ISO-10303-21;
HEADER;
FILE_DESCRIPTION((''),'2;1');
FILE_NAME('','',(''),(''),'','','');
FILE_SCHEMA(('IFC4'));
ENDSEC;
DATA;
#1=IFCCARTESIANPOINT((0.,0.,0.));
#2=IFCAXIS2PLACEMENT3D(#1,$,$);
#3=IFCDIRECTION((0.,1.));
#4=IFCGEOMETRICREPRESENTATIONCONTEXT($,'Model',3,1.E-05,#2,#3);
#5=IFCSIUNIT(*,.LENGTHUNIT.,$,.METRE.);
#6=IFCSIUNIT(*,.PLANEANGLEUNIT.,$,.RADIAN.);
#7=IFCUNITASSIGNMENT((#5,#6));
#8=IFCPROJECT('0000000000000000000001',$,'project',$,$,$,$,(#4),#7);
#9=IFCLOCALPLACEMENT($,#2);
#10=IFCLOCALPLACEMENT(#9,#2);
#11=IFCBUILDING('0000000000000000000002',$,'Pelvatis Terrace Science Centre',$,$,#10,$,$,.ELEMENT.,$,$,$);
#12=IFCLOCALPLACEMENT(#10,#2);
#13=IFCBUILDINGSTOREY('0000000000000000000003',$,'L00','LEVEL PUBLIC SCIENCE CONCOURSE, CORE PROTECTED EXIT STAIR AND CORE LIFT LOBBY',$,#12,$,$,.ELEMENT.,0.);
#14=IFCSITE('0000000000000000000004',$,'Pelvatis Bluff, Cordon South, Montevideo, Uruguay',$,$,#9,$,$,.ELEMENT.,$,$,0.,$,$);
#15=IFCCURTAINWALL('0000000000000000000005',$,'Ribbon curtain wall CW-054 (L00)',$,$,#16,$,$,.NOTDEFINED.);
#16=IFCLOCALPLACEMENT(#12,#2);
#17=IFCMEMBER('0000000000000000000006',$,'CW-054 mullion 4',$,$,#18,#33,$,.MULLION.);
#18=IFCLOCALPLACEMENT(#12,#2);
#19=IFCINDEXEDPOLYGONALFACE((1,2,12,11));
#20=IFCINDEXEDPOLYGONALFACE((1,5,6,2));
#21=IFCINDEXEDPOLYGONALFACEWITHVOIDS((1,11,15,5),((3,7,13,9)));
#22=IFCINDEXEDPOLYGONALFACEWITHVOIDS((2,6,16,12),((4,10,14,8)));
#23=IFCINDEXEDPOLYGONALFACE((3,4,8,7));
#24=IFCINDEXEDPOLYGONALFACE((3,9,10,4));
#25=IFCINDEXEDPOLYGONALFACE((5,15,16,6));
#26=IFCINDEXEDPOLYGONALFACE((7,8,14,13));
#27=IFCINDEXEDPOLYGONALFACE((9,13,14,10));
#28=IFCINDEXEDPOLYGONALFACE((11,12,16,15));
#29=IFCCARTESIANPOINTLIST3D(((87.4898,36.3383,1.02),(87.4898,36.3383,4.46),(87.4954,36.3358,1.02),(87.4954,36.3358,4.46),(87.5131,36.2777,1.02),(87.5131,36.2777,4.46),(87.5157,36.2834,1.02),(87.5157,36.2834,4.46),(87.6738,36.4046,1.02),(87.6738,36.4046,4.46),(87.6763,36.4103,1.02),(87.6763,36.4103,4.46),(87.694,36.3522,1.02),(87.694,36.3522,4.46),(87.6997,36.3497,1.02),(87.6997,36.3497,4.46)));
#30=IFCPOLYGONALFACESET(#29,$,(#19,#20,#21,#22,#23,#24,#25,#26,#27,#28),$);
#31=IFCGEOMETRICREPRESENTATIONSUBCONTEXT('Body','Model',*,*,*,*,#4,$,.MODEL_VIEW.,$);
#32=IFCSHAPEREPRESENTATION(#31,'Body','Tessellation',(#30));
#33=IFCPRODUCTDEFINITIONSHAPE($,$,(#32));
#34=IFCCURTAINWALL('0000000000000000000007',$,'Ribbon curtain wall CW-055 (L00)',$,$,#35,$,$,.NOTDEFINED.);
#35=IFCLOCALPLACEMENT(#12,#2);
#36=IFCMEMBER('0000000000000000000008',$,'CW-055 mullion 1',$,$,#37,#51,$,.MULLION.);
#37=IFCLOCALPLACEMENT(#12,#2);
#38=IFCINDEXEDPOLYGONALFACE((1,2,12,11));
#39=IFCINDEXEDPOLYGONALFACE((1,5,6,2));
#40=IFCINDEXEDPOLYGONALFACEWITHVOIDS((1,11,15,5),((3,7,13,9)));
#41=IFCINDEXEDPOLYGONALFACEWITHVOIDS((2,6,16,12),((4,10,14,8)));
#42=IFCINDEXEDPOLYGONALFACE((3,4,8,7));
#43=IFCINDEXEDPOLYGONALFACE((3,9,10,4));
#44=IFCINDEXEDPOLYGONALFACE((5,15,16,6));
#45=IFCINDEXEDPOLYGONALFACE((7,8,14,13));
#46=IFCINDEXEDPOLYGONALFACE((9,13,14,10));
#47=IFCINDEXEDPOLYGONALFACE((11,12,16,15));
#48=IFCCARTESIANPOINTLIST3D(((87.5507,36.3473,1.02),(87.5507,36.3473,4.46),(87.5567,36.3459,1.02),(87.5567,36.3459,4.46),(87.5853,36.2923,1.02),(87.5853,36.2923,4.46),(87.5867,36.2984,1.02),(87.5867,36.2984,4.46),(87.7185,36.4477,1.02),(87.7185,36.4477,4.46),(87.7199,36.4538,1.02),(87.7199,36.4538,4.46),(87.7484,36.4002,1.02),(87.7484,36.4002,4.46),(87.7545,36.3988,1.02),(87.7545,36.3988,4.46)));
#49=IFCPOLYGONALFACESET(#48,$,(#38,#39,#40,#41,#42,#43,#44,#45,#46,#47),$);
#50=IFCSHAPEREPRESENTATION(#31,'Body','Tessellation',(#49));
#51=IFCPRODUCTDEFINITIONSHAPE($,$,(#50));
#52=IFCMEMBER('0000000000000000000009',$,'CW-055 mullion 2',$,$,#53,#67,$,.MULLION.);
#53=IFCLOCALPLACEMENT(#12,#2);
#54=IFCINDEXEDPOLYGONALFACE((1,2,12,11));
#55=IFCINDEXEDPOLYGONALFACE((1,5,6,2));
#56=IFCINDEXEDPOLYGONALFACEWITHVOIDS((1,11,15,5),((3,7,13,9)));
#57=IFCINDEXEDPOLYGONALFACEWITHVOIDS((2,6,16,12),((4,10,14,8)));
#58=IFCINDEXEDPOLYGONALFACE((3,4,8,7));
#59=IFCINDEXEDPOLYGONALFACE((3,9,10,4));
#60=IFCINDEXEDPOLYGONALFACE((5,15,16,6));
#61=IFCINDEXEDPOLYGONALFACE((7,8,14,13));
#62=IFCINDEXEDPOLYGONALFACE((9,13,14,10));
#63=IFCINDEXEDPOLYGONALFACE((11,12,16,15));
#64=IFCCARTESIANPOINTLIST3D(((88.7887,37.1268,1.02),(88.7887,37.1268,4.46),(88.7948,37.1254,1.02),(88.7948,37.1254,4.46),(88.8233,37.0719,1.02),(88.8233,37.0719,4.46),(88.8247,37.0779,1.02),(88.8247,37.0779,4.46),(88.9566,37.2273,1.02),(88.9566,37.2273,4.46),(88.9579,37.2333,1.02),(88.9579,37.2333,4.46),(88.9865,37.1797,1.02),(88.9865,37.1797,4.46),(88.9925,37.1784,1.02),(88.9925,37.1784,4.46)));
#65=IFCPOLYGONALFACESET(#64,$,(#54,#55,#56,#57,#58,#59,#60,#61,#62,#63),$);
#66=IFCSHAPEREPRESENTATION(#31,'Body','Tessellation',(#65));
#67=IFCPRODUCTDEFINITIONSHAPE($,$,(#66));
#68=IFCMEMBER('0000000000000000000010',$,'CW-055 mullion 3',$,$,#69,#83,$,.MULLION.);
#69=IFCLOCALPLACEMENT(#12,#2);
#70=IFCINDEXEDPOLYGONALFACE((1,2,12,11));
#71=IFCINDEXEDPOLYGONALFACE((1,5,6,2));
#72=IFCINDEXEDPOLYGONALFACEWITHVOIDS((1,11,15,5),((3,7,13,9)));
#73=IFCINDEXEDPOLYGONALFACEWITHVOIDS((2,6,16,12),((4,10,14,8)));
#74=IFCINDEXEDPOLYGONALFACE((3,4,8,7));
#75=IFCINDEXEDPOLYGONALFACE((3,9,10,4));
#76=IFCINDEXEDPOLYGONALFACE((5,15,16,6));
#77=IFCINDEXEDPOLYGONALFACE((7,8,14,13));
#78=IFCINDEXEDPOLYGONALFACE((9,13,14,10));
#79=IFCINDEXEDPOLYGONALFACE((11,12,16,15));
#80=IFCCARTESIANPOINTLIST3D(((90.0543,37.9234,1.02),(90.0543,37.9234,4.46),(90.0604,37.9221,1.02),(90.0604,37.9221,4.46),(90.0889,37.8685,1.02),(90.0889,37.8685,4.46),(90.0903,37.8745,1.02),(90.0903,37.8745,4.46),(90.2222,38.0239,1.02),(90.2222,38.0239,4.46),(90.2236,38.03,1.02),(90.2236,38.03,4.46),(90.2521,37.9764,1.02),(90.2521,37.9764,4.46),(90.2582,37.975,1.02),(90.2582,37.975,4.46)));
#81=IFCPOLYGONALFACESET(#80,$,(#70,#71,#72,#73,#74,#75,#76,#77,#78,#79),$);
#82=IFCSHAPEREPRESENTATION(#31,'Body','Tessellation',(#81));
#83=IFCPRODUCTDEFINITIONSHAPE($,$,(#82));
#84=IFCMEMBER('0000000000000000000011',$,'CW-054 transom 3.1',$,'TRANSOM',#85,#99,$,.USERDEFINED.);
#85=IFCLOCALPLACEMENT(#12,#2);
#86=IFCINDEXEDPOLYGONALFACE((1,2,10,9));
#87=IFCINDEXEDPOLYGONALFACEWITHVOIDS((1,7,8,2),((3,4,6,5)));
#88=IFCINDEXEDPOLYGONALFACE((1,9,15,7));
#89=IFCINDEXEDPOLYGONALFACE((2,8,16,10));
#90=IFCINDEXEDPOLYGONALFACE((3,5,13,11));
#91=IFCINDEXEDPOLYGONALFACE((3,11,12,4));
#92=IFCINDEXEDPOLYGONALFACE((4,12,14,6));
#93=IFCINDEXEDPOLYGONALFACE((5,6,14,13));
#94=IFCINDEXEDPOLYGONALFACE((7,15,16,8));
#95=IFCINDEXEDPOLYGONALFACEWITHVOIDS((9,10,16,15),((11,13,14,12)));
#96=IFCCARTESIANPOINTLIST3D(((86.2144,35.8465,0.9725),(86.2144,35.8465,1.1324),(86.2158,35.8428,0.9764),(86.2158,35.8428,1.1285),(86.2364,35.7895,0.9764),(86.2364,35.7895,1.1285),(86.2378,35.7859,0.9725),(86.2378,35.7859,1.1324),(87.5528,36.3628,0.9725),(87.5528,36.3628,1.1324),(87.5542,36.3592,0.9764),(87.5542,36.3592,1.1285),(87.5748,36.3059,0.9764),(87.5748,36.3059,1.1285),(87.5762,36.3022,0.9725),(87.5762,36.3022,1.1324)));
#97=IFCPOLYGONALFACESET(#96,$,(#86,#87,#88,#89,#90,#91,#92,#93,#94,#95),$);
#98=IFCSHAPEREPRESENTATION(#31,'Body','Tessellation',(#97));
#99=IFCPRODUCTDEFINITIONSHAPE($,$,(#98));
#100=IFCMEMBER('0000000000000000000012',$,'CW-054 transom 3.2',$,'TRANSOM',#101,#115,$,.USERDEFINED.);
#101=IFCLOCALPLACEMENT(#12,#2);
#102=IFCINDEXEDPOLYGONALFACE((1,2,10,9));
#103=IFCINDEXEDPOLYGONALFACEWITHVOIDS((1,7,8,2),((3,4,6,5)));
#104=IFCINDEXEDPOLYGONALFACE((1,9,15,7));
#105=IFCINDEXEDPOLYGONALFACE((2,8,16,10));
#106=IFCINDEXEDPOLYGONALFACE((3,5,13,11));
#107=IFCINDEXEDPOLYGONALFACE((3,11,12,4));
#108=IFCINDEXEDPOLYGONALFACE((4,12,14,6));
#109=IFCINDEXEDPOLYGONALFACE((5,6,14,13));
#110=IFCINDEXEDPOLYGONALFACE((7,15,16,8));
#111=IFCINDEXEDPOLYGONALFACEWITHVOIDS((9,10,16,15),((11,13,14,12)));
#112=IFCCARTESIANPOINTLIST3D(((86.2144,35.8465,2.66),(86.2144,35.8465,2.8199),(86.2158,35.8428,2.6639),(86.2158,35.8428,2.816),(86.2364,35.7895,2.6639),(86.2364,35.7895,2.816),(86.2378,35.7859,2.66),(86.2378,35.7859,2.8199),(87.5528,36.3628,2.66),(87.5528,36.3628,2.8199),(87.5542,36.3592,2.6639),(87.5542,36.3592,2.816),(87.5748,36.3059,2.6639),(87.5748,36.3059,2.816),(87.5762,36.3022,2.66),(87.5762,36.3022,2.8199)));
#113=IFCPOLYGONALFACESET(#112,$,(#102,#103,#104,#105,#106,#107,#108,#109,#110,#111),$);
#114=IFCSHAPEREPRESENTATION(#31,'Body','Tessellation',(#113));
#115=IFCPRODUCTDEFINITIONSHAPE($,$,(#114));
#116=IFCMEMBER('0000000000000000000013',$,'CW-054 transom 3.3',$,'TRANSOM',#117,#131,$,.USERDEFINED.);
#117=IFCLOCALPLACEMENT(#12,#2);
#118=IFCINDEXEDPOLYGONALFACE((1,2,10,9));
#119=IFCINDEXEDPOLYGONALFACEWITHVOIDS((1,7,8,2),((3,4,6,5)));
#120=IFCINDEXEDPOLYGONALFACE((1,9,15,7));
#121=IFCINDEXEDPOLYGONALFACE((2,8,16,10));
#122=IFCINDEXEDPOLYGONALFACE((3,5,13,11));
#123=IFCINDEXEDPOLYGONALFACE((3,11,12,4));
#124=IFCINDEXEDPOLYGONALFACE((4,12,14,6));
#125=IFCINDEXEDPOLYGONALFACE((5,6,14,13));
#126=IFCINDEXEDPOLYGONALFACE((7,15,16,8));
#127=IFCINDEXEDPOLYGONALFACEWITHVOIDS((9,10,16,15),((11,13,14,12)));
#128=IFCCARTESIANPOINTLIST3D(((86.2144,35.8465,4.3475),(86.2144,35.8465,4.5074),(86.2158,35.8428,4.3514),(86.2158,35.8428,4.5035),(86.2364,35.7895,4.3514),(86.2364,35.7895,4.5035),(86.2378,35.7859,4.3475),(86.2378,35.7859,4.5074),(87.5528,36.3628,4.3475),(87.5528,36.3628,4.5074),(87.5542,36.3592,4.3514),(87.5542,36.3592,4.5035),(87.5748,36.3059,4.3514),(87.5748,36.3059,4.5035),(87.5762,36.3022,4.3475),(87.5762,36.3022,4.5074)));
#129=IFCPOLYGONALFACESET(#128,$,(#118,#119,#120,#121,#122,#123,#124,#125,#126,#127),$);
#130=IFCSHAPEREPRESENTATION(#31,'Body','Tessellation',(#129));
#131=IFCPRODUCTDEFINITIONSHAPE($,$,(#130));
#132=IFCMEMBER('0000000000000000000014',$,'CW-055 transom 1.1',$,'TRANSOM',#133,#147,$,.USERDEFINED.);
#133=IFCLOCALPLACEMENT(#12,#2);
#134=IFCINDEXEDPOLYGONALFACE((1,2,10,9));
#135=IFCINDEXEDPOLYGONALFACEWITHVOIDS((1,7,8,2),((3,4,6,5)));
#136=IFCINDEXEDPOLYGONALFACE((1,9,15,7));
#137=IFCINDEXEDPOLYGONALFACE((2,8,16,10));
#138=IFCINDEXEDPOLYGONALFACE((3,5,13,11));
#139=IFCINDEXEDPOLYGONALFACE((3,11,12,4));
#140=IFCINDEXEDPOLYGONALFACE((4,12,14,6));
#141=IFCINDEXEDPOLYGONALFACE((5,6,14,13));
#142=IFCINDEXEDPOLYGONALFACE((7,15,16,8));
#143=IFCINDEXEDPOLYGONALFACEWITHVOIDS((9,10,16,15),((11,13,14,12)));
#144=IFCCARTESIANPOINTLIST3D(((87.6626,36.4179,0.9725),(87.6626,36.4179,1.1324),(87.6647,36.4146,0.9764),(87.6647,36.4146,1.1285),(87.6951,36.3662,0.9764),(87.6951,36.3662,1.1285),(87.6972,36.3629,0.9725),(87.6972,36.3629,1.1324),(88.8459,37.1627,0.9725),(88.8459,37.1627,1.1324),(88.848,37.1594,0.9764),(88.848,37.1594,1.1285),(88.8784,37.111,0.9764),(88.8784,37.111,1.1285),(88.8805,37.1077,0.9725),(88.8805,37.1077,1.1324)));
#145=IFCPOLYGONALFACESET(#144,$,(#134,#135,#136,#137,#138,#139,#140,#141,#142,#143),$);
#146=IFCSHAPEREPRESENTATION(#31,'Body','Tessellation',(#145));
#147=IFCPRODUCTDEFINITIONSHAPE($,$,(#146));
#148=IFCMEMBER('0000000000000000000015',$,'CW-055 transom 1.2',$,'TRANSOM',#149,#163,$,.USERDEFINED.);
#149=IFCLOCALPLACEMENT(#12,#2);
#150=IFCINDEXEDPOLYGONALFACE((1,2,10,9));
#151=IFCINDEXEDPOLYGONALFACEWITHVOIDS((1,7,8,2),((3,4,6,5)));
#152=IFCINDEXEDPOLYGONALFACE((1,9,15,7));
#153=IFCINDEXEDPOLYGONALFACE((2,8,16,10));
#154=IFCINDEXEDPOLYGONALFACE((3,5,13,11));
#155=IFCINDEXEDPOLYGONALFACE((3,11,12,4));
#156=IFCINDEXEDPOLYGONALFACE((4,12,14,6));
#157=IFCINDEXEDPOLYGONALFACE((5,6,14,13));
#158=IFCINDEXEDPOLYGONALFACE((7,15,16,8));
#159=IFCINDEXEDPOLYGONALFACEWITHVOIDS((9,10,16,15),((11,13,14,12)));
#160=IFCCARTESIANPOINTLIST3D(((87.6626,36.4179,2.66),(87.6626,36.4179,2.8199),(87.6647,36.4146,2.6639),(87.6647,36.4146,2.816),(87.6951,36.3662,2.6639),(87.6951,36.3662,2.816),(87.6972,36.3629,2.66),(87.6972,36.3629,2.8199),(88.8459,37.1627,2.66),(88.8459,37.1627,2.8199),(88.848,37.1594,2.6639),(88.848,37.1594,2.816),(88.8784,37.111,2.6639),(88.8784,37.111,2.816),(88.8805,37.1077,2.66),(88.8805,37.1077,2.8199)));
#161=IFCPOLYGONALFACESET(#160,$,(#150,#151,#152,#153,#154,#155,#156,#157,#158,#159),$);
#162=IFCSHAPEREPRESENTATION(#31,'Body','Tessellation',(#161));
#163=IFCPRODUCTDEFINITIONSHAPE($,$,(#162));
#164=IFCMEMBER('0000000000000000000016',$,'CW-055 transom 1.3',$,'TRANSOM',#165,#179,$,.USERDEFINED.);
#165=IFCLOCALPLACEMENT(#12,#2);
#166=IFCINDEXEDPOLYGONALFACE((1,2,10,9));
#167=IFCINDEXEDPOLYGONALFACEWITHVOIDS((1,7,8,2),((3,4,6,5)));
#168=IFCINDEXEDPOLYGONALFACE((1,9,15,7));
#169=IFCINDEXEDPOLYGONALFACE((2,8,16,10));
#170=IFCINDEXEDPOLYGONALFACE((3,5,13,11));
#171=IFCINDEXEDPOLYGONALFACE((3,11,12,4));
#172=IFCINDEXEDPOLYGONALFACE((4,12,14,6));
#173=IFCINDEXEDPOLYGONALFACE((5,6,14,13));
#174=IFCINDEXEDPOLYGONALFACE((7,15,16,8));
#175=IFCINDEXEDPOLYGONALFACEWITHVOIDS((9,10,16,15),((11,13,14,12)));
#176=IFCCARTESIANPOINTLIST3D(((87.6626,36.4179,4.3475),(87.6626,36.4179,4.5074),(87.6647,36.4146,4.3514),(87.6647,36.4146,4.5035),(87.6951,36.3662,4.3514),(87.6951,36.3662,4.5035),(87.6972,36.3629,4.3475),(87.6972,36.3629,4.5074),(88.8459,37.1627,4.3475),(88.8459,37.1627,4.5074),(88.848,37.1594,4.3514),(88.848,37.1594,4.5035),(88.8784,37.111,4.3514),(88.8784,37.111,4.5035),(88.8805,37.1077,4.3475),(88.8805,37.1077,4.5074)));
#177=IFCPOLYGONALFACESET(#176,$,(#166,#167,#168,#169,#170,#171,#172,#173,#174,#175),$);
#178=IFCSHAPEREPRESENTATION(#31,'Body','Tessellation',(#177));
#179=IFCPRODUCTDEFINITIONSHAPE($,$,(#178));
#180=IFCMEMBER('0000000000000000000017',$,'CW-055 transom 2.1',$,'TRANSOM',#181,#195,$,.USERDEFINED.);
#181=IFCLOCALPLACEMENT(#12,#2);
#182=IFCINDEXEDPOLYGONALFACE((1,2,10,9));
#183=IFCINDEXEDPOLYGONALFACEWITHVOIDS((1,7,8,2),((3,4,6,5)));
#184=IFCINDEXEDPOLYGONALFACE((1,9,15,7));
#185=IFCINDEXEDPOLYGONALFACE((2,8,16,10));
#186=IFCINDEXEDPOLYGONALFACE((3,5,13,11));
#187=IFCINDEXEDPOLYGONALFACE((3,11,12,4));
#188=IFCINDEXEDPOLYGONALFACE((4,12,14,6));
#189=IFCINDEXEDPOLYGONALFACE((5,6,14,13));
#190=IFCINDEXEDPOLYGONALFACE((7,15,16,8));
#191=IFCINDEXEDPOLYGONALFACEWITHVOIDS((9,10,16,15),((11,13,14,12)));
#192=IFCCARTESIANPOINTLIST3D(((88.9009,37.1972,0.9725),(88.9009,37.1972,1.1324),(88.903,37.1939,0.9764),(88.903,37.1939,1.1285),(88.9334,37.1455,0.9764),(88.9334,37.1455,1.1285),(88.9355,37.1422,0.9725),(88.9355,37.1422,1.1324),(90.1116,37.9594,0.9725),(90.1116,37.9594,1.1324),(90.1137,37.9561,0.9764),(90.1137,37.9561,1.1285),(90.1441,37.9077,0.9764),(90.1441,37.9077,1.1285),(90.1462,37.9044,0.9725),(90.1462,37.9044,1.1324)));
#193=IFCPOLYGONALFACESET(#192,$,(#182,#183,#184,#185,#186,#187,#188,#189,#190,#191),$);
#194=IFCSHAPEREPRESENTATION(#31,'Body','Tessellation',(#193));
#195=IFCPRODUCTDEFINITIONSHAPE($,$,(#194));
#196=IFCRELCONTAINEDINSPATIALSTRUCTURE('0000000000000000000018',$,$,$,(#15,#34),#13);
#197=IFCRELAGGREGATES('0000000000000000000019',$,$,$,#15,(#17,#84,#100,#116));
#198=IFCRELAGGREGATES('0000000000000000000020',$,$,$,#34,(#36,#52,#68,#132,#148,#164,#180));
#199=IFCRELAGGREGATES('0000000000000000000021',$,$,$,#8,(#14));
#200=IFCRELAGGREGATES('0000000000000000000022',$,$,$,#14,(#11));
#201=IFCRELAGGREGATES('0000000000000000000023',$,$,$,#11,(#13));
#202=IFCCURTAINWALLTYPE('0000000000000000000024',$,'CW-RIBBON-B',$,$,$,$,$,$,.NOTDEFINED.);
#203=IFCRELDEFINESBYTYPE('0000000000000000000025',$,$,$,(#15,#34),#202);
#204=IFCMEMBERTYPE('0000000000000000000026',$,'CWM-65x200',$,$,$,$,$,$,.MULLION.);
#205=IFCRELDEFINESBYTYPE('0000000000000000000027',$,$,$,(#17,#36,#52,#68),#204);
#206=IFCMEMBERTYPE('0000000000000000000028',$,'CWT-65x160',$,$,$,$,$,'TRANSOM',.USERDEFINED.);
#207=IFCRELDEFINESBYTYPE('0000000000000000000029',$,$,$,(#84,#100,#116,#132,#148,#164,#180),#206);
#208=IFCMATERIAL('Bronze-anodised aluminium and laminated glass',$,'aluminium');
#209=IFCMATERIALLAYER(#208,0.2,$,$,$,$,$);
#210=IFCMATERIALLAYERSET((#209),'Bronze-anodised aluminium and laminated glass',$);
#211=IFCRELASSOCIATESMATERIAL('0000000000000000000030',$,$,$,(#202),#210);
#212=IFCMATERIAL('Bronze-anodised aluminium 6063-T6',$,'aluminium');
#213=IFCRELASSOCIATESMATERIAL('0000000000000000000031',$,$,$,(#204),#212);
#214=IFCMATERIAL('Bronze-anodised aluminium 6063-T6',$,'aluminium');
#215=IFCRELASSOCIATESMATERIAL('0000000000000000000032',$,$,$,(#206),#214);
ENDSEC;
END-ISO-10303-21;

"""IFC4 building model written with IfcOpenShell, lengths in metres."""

from ifc_helpers import new_model, si_unit, direction, frame, origin, origin_2d, place, context, subcontext, project, spatial, hollow_rectangle, extrude, material, layer, layer_set, material_profile, profile_set, type_object, element, aggregate, save


model = new_model("IFC4")

# Units and contexts
model_context = context("Model", 3, precision=1e-05, world=origin(), true_north=direction((0.0, 1.0)))
body_context = subcontext(model_context, "Body", "Model", "MODEL_VIEW")
ifc_project = project(units=[si_unit("LENGTHUNIT", "METRE"), si_unit("PLANEANGLEUNIT", "RADIAN")], contexts=[model_context])

# Site, building, storey
site_placement = place(None, origin())
site = spatial("IfcSite", under=ifc_project, at=site_placement, Name="Pelvatis Bluff, Cordon South, Montevideo, Uruguay", CompositionType="ELEMENT", RefElevation=0.0)
building_placement = place(site_placement, origin())
building = spatial("IfcBuilding", under=site, at=building_placement, Name="Pelvatis Terrace Science Centre", CompositionType="ELEMENT")
storey_placement = place(building_placement, origin())
storey = spatial("IfcBuildingStorey", under=building, at=storey_placement, Name="L00", Description="LEVEL PUBLIC SCIENCE CONCOURSE, CORE PROTECTED EXIT STAIR AND CORE LIFT LOBBY", CompositionType="ELEMENT", Elevation=0.0)

# Curtain wall, member
ifc_material_1 = material(Name="Bronze-anodised aluminium and laminated glass", Category="aluminium")
ifc_layer_1 = layer(ifc_material_1, 0.2)
ifc_layer_set_1 = layer_set([ifc_layer_1], Name="Bronze-anodised aluminium and laminated glass")
curtain_wall_type = type_object("IfcCurtainWallType", Name="CW-RIBBON-B", PredefinedType="NOTDEFINED", material=ifc_layer_set_1)
curtain_wall_1_placement = place(storey_placement, origin())
curtain_wall_1 = element("IfcCurtainWall", 1, at=curtain_wall_1_placement, inside=storey, type_object=curtain_wall_type, Name="Ribbon curtain wall CW-054 (L00)", PredefinedType="NOTDEFINED")
ifc_material_2 = material(Name="Bronze-anodised aluminium 6063-T6", Category="aluminium")
ifc_material_profile_1 = material_profile(ifc_material_2, hollow_rectangle(XDim=0.0649, YDim=0.2, WallThickness=0.0044, at=origin_2d()), Name="ALU-MUL 65x200")
ifc_profile_set_1 = profile_set([ifc_material_profile_1], Name="Bronze-anodised aluminium 6063-T6")
member_type_1 = type_object("IfcMemberType", Name="CWM-65x200", PredefinedType="MULLION", material=ifc_profile_set_1)
member_1_placement = place(storey_placement, frame((87.5947, 36.344, 1.02), z_axis=(0.0, 0.0, 1.0), x_axis=(-0.359874, 0.933001, 0.0)))
member_1 = element("IfcMember", 2, at=member_1_placement, type_object=member_type_1, Name="CW-054 mullion 4", PredefinedType="MULLION", context=body_context, shape_type="SweptSolid", body=[
    extrude(hollow_rectangle(XDim=0.0649, YDim=0.2, WallThickness=0.0044, at=origin_2d()), origin(), (0.0, 0.0, 1.0), 3.4399),
])

# Curtain wall, members
curtain_wall_2_placement = place(storey_placement, origin())
curtain_wall_2 = element("IfcCurtainWall", 3, at=curtain_wall_2_placement, inside=storey, type_object=curtain_wall_type, Name="Ribbon curtain wall CW-055 (L00)", PredefinedType="NOTDEFINED")
member_2_placement = place(storey_placement, frame((87.6526, 36.373, 1.02), z_axis=(0.0, 0.0, 1.0), x_axis=(-0.532701, 0.846304, 0.0)))
member_2 = element("IfcMember", 4, at=member_2_placement, type_object=member_type_1, Name="CW-055 mullion 1", PredefinedType="MULLION", context=body_context, shape_type="SweptSolid", body=[
    extrude(hollow_rectangle(XDim=0.0649, YDim=0.2, WallThickness=0.0044, at=origin_2d()), origin(), (0.0, 0.0, 1.0), 3.4399),
])
member_3_placement = place(storey_placement, frame((88.8906, 37.1526, 1.02), z_axis=(0.0, 0.0, 1.0), x_axis=(-0.532701, 0.846304, 0.0)))
member_3 = element("IfcMember", 5, at=member_3_placement, type_object=member_type_1, Name="CW-055 mullion 2", PredefinedType="MULLION", context=body_context, shape_type="SweptSolid", body=[
    extrude(hollow_rectangle(XDim=0.0649, YDim=0.2, WallThickness=0.0044, at=origin_2d()), origin(), (0.0, 0.0, 1.0), 3.4399),
])
member_4_placement = place(storey_placement, frame((90.1562, 37.9492, 1.02), z_axis=(0.0, 0.0, 1.0), x_axis=(-0.532701, 0.846304, 0.0)))
member_4 = element("IfcMember", 6, at=member_4_placement, type_object=member_type_1, Name="CW-055 mullion 3", PredefinedType="MULLION", context=body_context, shape_type="SweptSolid", body=[
    extrude(hollow_rectangle(XDim=0.0649, YDim=0.2, WallThickness=0.0044, at=origin_2d()), origin(), (0.0, 0.0, 1.0), 3.4399),
])

# Members
ifc_material_3 = material(Name="Bronze-anodised aluminium 6063-T6", Category="aluminium")
ifc_material_profile_2 = material_profile(ifc_material_3, hollow_rectangle(XDim=0.0649, YDim=0.1599, WallThickness=0.0039, at=origin_2d()), Name="ALU-TRN 65x160")
ifc_profile_set_2 = profile_set([ifc_material_profile_2], Name="Bronze-anodised aluminium 6063-T6")
member_type_2 = type_object("IfcMemberType", Name="CWT-65x160", ElementType="TRANSOM", PredefinedType="USERDEFINED", material=ifc_profile_set_2)
member_5_placement = place(storey_placement, frame((86.2261, 35.8162, 1.0525), z_axis=(0.932972, 0.359948, 0.0), x_axis=(-0.359948, 0.932972, 0.0)))
member_5 = element("IfcMember", 7, at=member_5_placement, type_object=member_type_2, Name="CW-054 transom 3.1", ObjectType="TRANSOM", PredefinedType="USERDEFINED", context=body_context, shape_type="SweptSolid", body=[
    extrude(hollow_rectangle(XDim=0.0649, YDim=0.1599, WallThickness=0.0039, at=origin_2d()), origin(), (0.0, 0.0, 1.0), 1.4346),
])
member_6_placement = place(storey_placement, frame((86.2261, 35.8162, 2.74), z_axis=(0.932972, 0.359948, 0.0), x_axis=(-0.359948, 0.932972, 0.0)))
member_6 = element("IfcMember", 8, at=member_6_placement, type_object=member_type_2, Name="CW-054 transom 3.2", ObjectType="TRANSOM", PredefinedType="USERDEFINED", context=body_context, shape_type="SweptSolid", body=[
    extrude(hollow_rectangle(XDim=0.0649, YDim=0.1599, WallThickness=0.0039, at=origin_2d()), origin(), (0.0, 0.0, 1.0), 1.4346),
])
member_7_placement = place(storey_placement, frame((86.2261, 35.8162, 4.4275), z_axis=(0.932972, 0.359948, 0.0), x_axis=(-0.359948, 0.932972, 0.0)))
member_7 = element("IfcMember", 9, at=member_7_placement, type_object=member_type_2, Name="CW-054 transom 3.3", ObjectType="TRANSOM", PredefinedType="USERDEFINED", context=body_context, shape_type="SweptSolid", body=[
    extrude(hollow_rectangle(XDim=0.0649, YDim=0.1599, WallThickness=0.0039, at=origin_2d()), origin(), (0.0, 0.0, 1.0), 1.4346),
])
member_8_placement = place(storey_placement, frame((87.6799, 36.3904, 1.0525), z_axis=(0.846297, 0.532711, 0.0), x_axis=(-0.532711, 0.846297, 0.0)))
member_8 = element("IfcMember", 10, at=member_8_placement, type_object=member_type_2, Name="CW-055 transom 1.1", ObjectType="TRANSOM", PredefinedType="USERDEFINED", context=body_context, shape_type="SweptSolid", body=[
    extrude(hollow_rectangle(XDim=0.0649, YDim=0.1599, WallThickness=0.0039, at=origin_2d()), origin(), (0.0, 0.0, 1.0), 1.3982),
])
member_9_placement = place(storey_placement, frame((87.6799, 36.3904, 2.74), z_axis=(0.846297, 0.532711, 0.0), x_axis=(-0.532711, 0.846297, 0.0)))
member_9 = element("IfcMember", 11, at=member_9_placement, type_object=member_type_2, Name="CW-055 transom 1.2", ObjectType="TRANSOM", PredefinedType="USERDEFINED", context=body_context, shape_type="SweptSolid", body=[
    extrude(hollow_rectangle(XDim=0.0649, YDim=0.1599, WallThickness=0.0039, at=origin_2d()), origin(), (0.0, 0.0, 1.0), 1.3982),
])
member_10_placement = place(storey_placement, frame((87.6799, 36.3904, 4.4275), z_axis=(0.846297, 0.532711, 0.0), x_axis=(-0.532711, 0.846297, 0.0)))
member_10 = element("IfcMember", 12, at=member_10_placement, type_object=member_type_2, Name="CW-055 transom 1.3", ObjectType="TRANSOM", PredefinedType="USERDEFINED", context=body_context, shape_type="SweptSolid", body=[
    extrude(hollow_rectangle(XDim=0.0649, YDim=0.1599, WallThickness=0.0039, at=origin_2d()), origin(), (0.0, 0.0, 1.0), 1.3982),
])
member_11_placement = place(storey_placement, frame((88.9182, 37.1697, 1.0525), z_axis=(0.846258, 0.532773, 0.0), x_axis=(-0.532773, 0.846258, 0.0)))
member_11 = element("IfcMember", 13, at=member_11_placement, type_object=member_type_2, Name="CW-055 transom 2.1", ObjectType="TRANSOM", PredefinedType="USERDEFINED", context=body_context, shape_type="SweptSolid", body=[
    extrude(hollow_rectangle(XDim=0.0649, YDim=0.1599, WallThickness=0.0039, at=origin_2d()), origin(), (0.0, 0.0, 1.0), 1.4307),
])

aggregate(curtain_wall_1, [member_1, member_5, member_6, member_7])
aggregate(curtain_wall_2, [member_2, member_3, member_4, member_8, member_9, member_10, member_11])

save(model, "model.ifc")
